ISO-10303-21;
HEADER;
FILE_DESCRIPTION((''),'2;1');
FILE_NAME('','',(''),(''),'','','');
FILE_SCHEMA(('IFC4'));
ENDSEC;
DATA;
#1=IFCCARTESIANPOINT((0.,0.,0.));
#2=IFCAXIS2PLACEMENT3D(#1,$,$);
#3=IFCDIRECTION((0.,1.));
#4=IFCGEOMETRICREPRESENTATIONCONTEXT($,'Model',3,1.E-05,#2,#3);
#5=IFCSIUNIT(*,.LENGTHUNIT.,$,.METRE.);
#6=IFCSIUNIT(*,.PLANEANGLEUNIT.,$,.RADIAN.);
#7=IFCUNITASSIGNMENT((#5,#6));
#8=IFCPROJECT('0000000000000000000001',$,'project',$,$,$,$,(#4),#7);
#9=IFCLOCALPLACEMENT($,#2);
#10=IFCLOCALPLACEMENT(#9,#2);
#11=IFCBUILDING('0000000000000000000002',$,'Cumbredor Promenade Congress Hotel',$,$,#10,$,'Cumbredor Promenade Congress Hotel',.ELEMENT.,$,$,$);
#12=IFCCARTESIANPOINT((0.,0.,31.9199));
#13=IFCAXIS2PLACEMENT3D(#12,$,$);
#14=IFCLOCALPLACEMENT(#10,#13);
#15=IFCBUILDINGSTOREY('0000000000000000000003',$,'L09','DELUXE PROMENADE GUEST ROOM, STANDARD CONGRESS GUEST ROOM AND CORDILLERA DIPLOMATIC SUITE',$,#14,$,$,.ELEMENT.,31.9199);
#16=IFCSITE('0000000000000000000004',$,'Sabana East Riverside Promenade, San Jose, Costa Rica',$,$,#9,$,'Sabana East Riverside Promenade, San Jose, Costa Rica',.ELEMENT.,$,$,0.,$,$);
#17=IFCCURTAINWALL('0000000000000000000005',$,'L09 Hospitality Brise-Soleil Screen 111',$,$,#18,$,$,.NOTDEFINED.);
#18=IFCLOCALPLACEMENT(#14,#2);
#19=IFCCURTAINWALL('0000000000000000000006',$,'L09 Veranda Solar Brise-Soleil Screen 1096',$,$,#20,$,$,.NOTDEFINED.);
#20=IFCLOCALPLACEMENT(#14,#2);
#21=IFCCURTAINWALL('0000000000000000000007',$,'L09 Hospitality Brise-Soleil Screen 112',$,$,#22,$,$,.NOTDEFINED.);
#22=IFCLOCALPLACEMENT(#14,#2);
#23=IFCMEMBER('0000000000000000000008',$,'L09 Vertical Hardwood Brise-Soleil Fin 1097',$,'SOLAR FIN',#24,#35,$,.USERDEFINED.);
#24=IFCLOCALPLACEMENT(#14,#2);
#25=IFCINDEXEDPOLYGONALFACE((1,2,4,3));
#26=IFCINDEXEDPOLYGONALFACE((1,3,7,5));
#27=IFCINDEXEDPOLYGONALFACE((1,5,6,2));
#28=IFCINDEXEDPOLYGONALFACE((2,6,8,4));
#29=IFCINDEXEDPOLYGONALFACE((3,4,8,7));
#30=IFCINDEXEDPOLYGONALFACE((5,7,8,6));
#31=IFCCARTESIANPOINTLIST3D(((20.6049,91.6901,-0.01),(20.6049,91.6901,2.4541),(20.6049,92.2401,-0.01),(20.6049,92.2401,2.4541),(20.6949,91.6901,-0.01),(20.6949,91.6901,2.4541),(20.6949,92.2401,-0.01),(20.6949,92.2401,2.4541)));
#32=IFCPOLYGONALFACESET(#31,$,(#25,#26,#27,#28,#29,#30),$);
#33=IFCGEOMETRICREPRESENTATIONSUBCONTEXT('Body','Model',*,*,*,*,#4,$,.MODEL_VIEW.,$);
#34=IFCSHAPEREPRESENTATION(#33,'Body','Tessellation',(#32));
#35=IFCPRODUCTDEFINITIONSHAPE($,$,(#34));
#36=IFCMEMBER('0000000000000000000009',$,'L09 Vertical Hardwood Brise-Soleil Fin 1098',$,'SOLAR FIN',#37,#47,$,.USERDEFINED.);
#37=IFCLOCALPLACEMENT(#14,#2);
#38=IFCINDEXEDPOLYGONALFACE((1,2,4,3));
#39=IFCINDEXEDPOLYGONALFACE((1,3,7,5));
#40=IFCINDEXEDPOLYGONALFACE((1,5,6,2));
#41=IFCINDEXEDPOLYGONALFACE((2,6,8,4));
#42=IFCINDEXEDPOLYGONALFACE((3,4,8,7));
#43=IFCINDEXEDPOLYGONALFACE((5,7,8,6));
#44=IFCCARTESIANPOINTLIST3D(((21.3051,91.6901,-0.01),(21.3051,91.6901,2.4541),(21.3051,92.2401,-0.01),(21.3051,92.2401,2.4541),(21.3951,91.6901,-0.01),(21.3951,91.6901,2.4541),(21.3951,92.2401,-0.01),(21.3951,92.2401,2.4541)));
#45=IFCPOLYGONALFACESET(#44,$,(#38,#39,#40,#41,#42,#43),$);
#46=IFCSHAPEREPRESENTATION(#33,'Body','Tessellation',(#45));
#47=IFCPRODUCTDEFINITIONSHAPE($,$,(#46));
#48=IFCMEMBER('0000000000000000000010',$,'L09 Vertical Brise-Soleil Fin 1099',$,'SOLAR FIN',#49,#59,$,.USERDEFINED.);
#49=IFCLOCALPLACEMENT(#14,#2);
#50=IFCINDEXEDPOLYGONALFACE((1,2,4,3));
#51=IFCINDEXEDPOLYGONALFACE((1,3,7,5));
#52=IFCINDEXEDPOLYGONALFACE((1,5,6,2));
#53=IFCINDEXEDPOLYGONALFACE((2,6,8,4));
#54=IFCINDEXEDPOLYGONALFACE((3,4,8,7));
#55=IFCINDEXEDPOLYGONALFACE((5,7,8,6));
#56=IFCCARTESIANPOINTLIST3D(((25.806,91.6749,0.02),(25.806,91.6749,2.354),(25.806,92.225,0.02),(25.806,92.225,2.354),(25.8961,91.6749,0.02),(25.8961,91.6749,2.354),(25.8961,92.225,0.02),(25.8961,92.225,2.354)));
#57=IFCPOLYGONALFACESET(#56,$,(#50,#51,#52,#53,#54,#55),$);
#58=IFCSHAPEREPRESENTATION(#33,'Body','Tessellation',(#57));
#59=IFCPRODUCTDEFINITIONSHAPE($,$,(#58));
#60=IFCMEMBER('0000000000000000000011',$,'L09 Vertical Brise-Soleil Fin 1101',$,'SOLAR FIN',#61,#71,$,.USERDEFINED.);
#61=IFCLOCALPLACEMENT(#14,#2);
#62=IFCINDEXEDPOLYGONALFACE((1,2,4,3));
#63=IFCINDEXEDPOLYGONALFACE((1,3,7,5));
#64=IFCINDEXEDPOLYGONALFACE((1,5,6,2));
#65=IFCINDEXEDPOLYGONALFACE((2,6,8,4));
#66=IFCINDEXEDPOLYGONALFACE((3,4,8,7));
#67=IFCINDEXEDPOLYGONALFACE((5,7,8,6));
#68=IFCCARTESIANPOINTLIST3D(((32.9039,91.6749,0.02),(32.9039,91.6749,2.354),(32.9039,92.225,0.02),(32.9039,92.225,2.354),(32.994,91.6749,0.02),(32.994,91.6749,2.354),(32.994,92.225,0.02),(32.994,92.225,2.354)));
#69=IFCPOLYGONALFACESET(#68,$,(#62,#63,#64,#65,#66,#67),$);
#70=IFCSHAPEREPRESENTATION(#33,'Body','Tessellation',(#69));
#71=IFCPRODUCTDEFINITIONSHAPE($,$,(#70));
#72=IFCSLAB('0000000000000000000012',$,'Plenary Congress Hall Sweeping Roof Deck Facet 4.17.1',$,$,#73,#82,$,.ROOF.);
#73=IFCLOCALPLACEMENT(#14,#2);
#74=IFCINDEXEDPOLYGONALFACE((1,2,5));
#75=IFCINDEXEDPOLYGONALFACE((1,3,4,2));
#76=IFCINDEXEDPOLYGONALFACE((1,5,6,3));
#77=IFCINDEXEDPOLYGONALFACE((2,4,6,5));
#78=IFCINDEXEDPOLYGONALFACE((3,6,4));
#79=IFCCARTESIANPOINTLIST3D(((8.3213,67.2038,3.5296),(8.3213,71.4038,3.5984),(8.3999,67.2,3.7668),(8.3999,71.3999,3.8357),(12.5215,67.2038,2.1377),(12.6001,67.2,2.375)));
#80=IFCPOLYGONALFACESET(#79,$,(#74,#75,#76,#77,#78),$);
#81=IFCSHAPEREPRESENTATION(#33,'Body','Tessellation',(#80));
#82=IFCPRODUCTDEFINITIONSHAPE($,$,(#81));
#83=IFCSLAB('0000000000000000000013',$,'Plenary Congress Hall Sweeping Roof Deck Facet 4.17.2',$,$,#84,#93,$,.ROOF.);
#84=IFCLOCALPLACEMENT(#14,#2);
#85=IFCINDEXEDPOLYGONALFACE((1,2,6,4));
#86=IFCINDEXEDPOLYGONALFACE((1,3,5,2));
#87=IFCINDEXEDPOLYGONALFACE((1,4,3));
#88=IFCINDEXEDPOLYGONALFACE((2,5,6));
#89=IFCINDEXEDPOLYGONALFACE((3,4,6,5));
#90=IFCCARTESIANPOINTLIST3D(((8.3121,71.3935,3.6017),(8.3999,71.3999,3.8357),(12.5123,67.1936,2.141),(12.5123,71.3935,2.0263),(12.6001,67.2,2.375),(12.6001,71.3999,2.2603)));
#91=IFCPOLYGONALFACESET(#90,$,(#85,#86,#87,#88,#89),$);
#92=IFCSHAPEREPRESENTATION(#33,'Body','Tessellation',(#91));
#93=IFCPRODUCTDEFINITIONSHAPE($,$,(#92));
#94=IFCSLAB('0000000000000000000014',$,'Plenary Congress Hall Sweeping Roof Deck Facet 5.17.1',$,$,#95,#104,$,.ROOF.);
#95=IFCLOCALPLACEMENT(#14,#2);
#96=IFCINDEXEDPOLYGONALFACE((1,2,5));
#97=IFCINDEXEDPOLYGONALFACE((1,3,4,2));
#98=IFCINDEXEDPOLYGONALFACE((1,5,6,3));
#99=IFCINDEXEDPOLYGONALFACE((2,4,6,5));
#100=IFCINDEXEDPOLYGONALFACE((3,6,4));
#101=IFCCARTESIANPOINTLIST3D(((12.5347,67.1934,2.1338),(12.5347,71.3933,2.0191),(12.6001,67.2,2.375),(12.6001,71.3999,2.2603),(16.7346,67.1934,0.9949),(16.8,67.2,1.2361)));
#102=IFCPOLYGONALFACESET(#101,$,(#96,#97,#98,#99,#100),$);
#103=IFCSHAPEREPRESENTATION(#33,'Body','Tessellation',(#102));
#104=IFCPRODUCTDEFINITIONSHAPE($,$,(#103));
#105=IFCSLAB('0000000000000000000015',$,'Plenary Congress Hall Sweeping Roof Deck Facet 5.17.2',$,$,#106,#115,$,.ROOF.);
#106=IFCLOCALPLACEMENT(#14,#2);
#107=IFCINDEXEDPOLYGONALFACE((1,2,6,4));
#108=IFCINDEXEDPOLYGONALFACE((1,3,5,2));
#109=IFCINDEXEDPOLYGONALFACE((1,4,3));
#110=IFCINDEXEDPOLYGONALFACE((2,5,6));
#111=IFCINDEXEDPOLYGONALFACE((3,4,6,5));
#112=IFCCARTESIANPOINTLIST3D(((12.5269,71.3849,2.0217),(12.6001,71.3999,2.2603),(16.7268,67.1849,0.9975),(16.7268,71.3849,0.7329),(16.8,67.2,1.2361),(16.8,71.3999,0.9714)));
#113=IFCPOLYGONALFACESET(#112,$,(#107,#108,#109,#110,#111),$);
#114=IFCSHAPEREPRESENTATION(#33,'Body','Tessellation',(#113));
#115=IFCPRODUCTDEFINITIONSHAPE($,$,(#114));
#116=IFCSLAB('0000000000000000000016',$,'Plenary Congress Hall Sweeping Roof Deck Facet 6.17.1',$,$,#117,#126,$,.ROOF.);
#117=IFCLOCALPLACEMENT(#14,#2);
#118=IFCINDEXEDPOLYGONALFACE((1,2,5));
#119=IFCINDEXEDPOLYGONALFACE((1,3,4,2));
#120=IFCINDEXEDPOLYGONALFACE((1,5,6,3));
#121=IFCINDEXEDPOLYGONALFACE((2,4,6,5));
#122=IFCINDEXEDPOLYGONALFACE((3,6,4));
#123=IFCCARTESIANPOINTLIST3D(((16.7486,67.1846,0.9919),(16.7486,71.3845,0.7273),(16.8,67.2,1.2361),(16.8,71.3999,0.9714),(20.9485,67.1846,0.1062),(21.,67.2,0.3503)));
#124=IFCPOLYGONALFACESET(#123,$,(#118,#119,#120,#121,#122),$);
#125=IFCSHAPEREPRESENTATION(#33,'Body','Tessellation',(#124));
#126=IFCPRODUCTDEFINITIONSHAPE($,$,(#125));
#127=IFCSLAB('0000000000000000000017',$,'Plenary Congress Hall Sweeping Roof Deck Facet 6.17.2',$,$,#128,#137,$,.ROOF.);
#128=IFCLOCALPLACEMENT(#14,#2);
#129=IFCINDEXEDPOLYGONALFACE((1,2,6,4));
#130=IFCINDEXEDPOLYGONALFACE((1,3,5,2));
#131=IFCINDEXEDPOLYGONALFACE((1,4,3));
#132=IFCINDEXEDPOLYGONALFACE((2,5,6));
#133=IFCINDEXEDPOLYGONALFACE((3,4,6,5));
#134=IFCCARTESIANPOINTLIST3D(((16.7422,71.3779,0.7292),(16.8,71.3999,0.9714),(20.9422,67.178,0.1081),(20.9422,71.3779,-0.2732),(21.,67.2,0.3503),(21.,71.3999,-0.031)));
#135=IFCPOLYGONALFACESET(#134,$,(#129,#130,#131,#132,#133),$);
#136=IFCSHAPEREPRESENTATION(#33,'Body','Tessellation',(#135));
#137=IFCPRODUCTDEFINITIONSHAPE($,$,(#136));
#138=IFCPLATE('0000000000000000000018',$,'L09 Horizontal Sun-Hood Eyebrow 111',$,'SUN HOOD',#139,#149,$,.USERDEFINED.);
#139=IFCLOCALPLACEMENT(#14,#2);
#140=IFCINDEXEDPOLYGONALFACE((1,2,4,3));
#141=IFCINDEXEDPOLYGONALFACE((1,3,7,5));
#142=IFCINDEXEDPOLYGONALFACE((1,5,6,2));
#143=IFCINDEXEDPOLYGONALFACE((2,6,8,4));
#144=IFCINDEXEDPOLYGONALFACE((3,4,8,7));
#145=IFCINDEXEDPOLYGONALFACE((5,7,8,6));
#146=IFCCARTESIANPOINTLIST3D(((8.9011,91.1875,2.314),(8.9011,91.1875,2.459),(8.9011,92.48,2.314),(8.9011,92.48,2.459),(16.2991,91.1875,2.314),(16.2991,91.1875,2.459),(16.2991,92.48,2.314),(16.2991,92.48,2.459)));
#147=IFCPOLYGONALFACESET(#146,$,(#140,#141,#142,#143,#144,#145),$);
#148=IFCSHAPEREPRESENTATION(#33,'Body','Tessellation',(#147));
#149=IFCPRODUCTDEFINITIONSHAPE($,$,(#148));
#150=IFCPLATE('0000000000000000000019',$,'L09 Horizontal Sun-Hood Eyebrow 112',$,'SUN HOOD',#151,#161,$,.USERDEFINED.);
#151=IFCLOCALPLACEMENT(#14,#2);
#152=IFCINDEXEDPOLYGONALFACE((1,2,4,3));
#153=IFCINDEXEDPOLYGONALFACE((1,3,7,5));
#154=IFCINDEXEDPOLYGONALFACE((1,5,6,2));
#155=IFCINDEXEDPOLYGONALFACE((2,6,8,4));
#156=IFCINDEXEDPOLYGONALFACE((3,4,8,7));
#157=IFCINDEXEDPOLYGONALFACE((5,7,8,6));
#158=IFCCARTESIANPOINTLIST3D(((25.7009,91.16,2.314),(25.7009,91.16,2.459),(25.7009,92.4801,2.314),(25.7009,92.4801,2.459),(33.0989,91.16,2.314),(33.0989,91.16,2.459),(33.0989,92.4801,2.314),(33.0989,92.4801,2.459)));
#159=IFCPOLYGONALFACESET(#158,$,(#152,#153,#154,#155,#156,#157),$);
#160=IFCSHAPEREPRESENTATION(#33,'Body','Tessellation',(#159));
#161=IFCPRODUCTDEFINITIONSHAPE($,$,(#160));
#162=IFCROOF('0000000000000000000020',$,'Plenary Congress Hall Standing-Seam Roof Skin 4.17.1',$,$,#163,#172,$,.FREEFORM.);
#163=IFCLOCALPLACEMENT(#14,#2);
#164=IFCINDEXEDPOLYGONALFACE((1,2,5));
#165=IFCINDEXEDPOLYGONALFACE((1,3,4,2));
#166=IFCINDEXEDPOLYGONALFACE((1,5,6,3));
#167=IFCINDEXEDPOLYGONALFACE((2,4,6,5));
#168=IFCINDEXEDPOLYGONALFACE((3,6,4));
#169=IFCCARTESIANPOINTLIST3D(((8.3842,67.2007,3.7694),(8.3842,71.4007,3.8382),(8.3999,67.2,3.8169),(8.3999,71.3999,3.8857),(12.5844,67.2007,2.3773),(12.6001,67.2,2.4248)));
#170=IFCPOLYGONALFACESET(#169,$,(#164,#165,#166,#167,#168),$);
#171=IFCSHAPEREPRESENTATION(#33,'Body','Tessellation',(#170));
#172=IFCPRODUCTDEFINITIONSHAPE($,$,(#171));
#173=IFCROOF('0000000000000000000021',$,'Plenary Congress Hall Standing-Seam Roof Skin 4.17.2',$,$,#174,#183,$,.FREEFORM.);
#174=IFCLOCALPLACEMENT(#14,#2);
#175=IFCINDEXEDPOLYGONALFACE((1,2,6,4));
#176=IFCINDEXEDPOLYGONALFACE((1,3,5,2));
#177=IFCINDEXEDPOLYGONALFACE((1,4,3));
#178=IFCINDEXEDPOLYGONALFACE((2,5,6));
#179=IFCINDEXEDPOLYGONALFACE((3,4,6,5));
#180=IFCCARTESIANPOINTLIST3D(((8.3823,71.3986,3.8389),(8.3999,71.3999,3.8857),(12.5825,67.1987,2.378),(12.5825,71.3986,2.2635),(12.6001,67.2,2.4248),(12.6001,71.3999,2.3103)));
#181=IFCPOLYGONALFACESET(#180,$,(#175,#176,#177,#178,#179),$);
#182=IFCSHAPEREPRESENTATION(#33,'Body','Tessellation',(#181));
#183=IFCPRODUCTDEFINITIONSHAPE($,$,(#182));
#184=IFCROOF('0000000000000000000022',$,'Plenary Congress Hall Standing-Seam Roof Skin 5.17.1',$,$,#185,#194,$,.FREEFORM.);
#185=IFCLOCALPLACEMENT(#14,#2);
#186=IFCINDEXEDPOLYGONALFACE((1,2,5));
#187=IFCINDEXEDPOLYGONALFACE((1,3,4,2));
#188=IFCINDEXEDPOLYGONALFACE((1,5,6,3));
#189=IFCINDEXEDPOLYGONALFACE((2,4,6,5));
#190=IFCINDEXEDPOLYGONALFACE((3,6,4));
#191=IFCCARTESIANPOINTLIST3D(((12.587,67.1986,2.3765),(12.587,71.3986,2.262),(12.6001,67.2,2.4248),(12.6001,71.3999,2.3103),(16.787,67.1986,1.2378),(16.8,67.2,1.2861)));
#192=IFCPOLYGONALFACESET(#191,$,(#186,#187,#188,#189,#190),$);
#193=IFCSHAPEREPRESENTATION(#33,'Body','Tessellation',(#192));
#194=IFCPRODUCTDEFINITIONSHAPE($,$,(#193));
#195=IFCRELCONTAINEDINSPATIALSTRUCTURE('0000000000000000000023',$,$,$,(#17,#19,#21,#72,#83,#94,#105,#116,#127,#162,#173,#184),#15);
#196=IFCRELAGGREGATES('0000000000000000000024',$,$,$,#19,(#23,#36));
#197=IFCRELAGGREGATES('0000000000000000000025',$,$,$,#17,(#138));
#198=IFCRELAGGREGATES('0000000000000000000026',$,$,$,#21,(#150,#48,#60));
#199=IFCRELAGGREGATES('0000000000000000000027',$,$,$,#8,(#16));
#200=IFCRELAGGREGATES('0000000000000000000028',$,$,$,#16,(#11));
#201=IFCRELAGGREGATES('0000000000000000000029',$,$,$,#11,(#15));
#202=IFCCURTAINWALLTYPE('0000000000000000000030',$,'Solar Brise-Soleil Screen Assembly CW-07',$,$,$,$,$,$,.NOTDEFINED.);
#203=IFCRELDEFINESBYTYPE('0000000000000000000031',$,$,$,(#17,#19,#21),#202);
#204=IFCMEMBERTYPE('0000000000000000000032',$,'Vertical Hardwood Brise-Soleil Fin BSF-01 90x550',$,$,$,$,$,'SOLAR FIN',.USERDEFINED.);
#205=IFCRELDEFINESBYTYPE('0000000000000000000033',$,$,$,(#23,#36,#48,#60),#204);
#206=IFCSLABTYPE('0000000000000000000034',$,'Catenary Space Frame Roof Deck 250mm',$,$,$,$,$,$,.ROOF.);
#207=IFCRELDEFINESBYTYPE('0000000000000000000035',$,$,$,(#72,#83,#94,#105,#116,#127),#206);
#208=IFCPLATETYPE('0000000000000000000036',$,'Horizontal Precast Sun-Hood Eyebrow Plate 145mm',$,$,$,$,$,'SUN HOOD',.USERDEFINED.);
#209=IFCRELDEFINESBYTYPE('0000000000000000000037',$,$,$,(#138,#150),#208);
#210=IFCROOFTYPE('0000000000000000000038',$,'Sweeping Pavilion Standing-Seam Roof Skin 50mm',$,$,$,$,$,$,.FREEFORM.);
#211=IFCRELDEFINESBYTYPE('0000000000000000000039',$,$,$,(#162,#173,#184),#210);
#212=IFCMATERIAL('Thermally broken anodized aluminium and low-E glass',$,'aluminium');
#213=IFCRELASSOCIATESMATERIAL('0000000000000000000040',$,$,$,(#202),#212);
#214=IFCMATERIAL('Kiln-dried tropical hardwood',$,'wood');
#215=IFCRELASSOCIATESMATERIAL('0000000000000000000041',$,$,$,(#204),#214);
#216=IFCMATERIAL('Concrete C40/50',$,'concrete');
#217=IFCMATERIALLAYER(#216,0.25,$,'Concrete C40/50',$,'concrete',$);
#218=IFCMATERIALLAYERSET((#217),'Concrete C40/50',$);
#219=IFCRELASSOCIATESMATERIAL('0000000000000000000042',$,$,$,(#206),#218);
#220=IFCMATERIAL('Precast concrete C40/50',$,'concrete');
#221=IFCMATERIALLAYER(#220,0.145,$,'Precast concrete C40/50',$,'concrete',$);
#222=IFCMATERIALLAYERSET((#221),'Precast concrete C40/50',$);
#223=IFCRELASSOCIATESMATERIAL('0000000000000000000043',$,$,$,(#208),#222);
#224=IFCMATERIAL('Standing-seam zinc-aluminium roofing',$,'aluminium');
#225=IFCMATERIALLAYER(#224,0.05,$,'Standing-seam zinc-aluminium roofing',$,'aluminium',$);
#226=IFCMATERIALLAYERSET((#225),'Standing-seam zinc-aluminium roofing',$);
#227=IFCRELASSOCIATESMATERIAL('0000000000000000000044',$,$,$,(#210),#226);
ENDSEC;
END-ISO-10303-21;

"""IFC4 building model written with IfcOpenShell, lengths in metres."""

from ifc_helpers import new_model, si_unit, direction, frame, origin, origin_2d, place, context, subcontext, project, spatial, polyline, rectangle, outline, extrude, material, layer, layer_set, material_profile, profile_set, type_object, element, aggregate, save


model = new_model("IFC4")

# Units and contexts
model_context = context("Model", 3, precision=1e-05, world=origin(), true_north=direction((0.0, 1.0)))
body_context = subcontext(model_context, "Body", "Model", "MODEL_VIEW")
ifc_project = project(units=[si_unit("LENGTHUNIT", "METRE"), si_unit("PLANEANGLEUNIT", "RADIAN")], contexts=[model_context])

# Site, building, storey
site_placement = place(None, origin())
site = spatial("IfcSite", under=ifc_project, at=site_placement, Name="Sabana East Riverside Promenade, San Jose, Costa Rica", LongName="Sabana East Riverside Promenade, San Jose, Costa Rica", CompositionType="ELEMENT", RefElevation=0.0)
building_placement = place(site_placement, origin())
building = spatial("IfcBuilding", under=site, at=building_placement, Name="Cumbredor Promenade Congress Hotel", LongName="Cumbredor Promenade Congress Hotel", CompositionType="ELEMENT")
storey_placement = place(building_placement, frame((0.0, 0.0, 31.9199)))
storey = spatial("IfcBuildingStorey", under=building, at=storey_placement, Name="L09", Description="DELUXE PROMENADE GUEST ROOM, STANDARD CONGRESS GUEST ROOM AND CORDILLERA DIPLOMATIC SUITE", CompositionType="ELEMENT", Elevation=31.9199)

# Shared definitions
ifc_material_1 = material(Name="Concrete C40/50", Category="concrete")

# Curtain walls
ifc_material_2 = material(Name="Thermally broken anodized aluminium and low-E glass", Category="aluminium")
curtain_wall_type = type_object("IfcCurtainWallType", Name="Solar Brise-Soleil Screen Assembly CW-07", PredefinedType="NOTDEFINED", material=ifc_material_2)
curtain_wall_1_placement = place(storey_placement, origin())
curtain_wall_1 = element("IfcCurtainWall", 1, at=curtain_wall_1_placement, inside=storey, type_object=curtain_wall_type, Name="L09 Hospitality Brise-Soleil Screen 111", PredefinedType="NOTDEFINED")
curtain_wall_2_placement = place(storey_placement, origin())
curtain_wall_2 = element("IfcCurtainWall", 2, at=curtain_wall_2_placement, inside=storey, type_object=curtain_wall_type, Name="L09 Veranda Solar Brise-Soleil Screen 1096", PredefinedType="NOTDEFINED")
curtain_wall_3_placement = place(storey_placement, origin())
curtain_wall_3 = element("IfcCurtainWall", 3, at=curtain_wall_3_placement, inside=storey, type_object=curtain_wall_type, Name="L09 Hospitality Brise-Soleil Screen 112", PredefinedType="NOTDEFINED")

# Members
ifc_material_3 = material(Name="Kiln-dried tropical hardwood", Category="wood")
ifc_material_profile_1 = material_profile(ifc_material_3, rectangle(XDim=0.0901, YDim=0.55, at=origin_2d()), Name="ARCH FIN 90x550")
ifc_profile_set_1 = profile_set([ifc_material_profile_1], Name="Kiln-dried tropical hardwood")
member_type_1 = type_object("IfcMemberType", Name="Vertical Hardwood Brise-Soleil Fin BSF-01 90x550", ElementType="SOLAR FIN", PredefinedType="USERDEFINED", material=ifc_profile_set_1)
member_1_placement = place(storey_placement, frame((20.6499, 91.9651, -0.01), z_axis=(0.0, 0.0, 1.0), x_axis=(1.0, 0.0, 0.0)))
member_1 = element("IfcMember", 4, at=member_1_placement, type_object=member_type_1, Name="L09 Vertical Hardwood Brise-Soleil Fin 1097", ObjectType="SOLAR FIN", PredefinedType="USERDEFINED", context=body_context, shape_type="SweptSolid", body=[
    extrude(rectangle(XDim=0.0901, YDim=0.55, at=origin_2d()), origin(), (0.0, 0.0, 1.0), 2.4641),
])
member_2_placement = place(storey_placement, frame((21.3501, 91.9651, -0.01), z_axis=(0.0, 0.0, 1.0), x_axis=(1.0, 0.0, 0.0)))
member_2 = element("IfcMember", 5, at=member_2_placement, type_object=member_type_1, Name="L09 Vertical Hardwood Brise-Soleil Fin 1098", ObjectType="SOLAR FIN", PredefinedType="USERDEFINED", context=body_context, shape_type="SweptSolid", body=[
    extrude(rectangle(XDim=0.0901, YDim=0.55, at=origin_2d()), origin(), (0.0, 0.0, 1.0), 2.4641),
])
aggregate(curtain_wall_2, [member_1, member_2])
member_3_placement = place(storey_placement, frame((25.8511, 91.95, 0.02), z_axis=(0.0, 0.0, 1.0), x_axis=(1.0, 0.0, 0.0)))
member_3 = element("IfcMember", 6, at=member_3_placement, type_object=member_type_1, Name="L09 Vertical Brise-Soleil Fin 1099", ObjectType="SOLAR FIN", PredefinedType="USERDEFINED", context=body_context, shape_type="SweptSolid", body=[
    extrude(rectangle(XDim=0.0901, YDim=0.55, at=origin_2d()), origin(), (0.0, 0.0, 1.0), 2.334),
])
member_4_placement = place(storey_placement, frame((32.949, 91.95, 0.02), z_axis=(0.0, 0.0, 1.0), x_axis=(1.0, 0.0, 0.0)))
member_4 = element("IfcMember", 7, at=member_4_placement, type_object=member_type_1, Name="L09 Vertical Brise-Soleil Fin 1101", ObjectType="SOLAR FIN", PredefinedType="USERDEFINED", context=body_context, shape_type="SweptSolid", body=[
    extrude(rectangle(XDim=0.0901, YDim=0.55, at=origin_2d()), origin(), (0.0, 0.0, 1.0), 2.334),
])

# Slabs
ifc_layer_1 = layer(ifc_material_1, 0.25, Name="Concrete C40/50", Category="concrete")
ifc_layer_set_1 = layer_set([ifc_layer_1], Name="Concrete C40/50")
slab_type = type_object("IfcSlabType", Name="Catenary Space Frame Roof Deck 250mm", PredefinedType="ROOF", material=ifc_layer_set_1)
slab_1_placement = place(storey_placement, frame((8.3999, 67.2, 3.7668), z_axis=(0.314517, -0.015559, 0.949124), x_axis=(0.949239, 0.0, -0.314555)))
element("IfcSlab", 8, at=slab_1_placement, inside=storey, type_object=slab_type, Name="Plenary Congress Hall Sweeping Roof Deck Facet 4.17.1", PredefinedType="ROOF", context=body_context, shape_type="SweptSolid", body=[
    extrude(outline(polyline([(0.0, 0.0), (4.4248, 0.0), (-0.0217, 4.2005), (0.0, 0.0)])), origin(), (0.0, 0.0, -1.0), 0.25),
])
slab_2_placement = place(storey_placement, frame((12.6001, 67.2, 2.375), z_axis=(0.35108, 0.025572, 0.935996), x_axis=(0.0, 0.999627, -0.027311)))
element("IfcSlab", 9, at=slab_2_placement, inside=storey, type_object=slab_type, Name="Plenary Congress Hall Sweeping Roof Deck Facet 4.17.2", PredefinedType="ROOF", context=body_context, shape_type="SweptSolid", body=[
    extrude(outline(polyline([(0.0, 0.0), (4.2015, 0.0), (4.1585, 4.4857), (0.0, 0.0)])), origin(), (0.0, 0.0, -1.0), 0.25),
])
slab_3_placement = place(storey_placement, frame((12.6001, 67.2, 2.375), z_axis=(0.261631, 0.026359, 0.964808), x_axis=(0.965143, 0.0, -0.261721)))
element("IfcSlab", 10, at=slab_3_placement, inside=storey, type_object=slab_type, Name="Plenary Congress Hall Sweeping Roof Deck Facet 5.17.1", PredefinedType="ROOF", context=body_context, shape_type="SweptSolid", body=[
    extrude(outline(polyline([(0.0, 0.0), (4.3516, 0.0), (0.03, 4.2014), (0.0, 0.0)])), origin(), (0.0, 0.0, -1.0), 0.25),
])
slab_4_placement = place(storey_placement, frame((16.8, 67.2, 1.2361), z_axis=(0.292832, 0.060131, 0.954271), x_axis=(0.0, 0.998021, -0.062888)))
element("IfcSlab", 11, at=slab_4_placement, inside=storey, type_object=slab_type, Name="Plenary Congress Hall Sweeping Roof Deck Facet 5.17.2", PredefinedType="ROOF", context=body_context, shape_type="SweptSolid", body=[
    extrude(outline(polyline([(0.0, 0.0), (4.2083, 0.0), (4.1272, 4.3925), (0.0, 0.0)])), origin(), (0.0, 0.0, -1.0), 0.25),
])
slab_5_placement = place(storey_placement, frame((16.8, 67.2, 1.2361), z_axis=(0.205963, 0.061539, 0.976623), x_axis=(0.978477, 0.0, -0.206354)))
element("IfcSlab", 12, at=slab_5_placement, inside=storey, type_object=slab_type, Name="Plenary Congress Hall Sweeping Roof Deck Facet 6.17.1", PredefinedType="ROOF", context=body_context, shape_type="SweptSolid", body=[
    extrude(outline(polyline([(0.0, 0.0), (4.2923, 0.0), (0.0546, 4.2079), (0.0, 0.0)])), origin(), (0.0, 0.0, -1.0), 0.25),
])
slab_6_placement = place(storey_placement, frame((21.0, 67.2, 0.3503), z_axis=(0.231258, 0.087975, 0.968907), x_axis=(0.0, 0.995903, -0.090426)))
element("IfcSlab", 13, at=slab_6_placement, inside=storey, type_object=slab_type, Name="Plenary Congress Hall Sweeping Roof Deck Facet 6.17.2", PredefinedType="ROOF", context=body_context, shape_type="SweptSolid", body=[
    extrude(outline(polyline([(0.0, 0.0), (4.2172, 0.0), (4.1266, 4.317), (0.0, 0.0)])), origin(), (0.0, 0.0, -1.0), 0.25),
])

# Plates
ifc_material_4 = material(Name="Precast concrete C40/50", Category="concrete")
ifc_layer_2 = layer(ifc_material_4, 0.145, Name="Precast concrete C40/50", Category="concrete")
ifc_layer_set_2 = layer_set([ifc_layer_2], Name="Precast concrete C40/50")
plate_type = type_object("IfcPlateType", Name="Horizontal Precast Sun-Hood Eyebrow Plate 145mm", ElementType="SUN HOOD", PredefinedType="USERDEFINED", material=ifc_layer_set_2)
plate_1_placement = place(storey_placement, frame((12.6001, 91.8337, 2.314), z_axis=(0.0, 0.0, 1.0), x_axis=(1.0, 0.0, 0.0)))
plate_1 = element("IfcPlate", 14, at=plate_1_placement, type_object=plate_type, Name="L09 Horizontal Sun-Hood Eyebrow 111", ObjectType="SUN HOOD", PredefinedType="USERDEFINED", context=body_context, shape_type="SweptSolid", body=[
    extrude(rectangle(XDim=7.3979, YDim=1.2925, at=origin_2d()), origin(), (0.0, 0.0, 1.0), 0.145),
])
aggregate(curtain_wall_1, [plate_1])
plate_2_placement = place(storey_placement, frame((29.3999, 91.8201, 2.314), z_axis=(0.0, 0.0, 1.0), x_axis=(1.0, 0.0, 0.0)))
plate_2 = element("IfcPlate", 15, at=plate_2_placement, type_object=plate_type, Name="L09 Horizontal Sun-Hood Eyebrow 112", ObjectType="SUN HOOD", PredefinedType="USERDEFINED", context=body_context, shape_type="SweptSolid", body=[
    extrude(rectangle(XDim=7.3979, YDim=1.3201, at=origin_2d()), origin(), (0.0, 0.0, 1.0), 0.145),
])
aggregate(curtain_wall_3, [plate_2, member_3, member_4])

# Roofs
ifc_material_5 = material(Name="Standing-seam zinc-aluminium roofing", Category="aluminium")
ifc_layer_3 = layer(ifc_material_5, 0.05, Name="Standing-seam zinc-aluminium roofing", Category="aluminium")
ifc_layer_set_3 = layer_set([ifc_layer_3], Name="Standing-seam zinc-aluminium roofing")
roof_type = type_object("IfcRoofType", Name="Sweeping Pavilion Standing-Seam Roof Skin 50mm", PredefinedType="FREEFORM", material=ifc_layer_set_3)
roof_1_placement = place(storey_placement, frame((8.3999, 67.2, 3.8169), z_axis=(0.314567, -0.015558, 0.949108), x_axis=(0.949223, 0.0, -0.314605)))
element("IfcRoof", 16, at=roof_1_placement, inside=storey, type_object=roof_type, Name="Plenary Congress Hall Standing-Seam Roof Skin 4.17.1", PredefinedType="FREEFORM", context=body_context, shape_type="SweptSolid", body=[
    extrude(outline(polyline([(0.0, 0.0), (4.4249, 0.0), (-0.0217, 4.2005), (0.0, 0.0)])), origin(), (0.0, 0.0, -1.0), 0.05),
])
roof_2_placement = place(storey_placement, frame((12.6001, 67.2, 2.4248), z_axis=(0.351081, 0.025518, 0.935997), x_axis=(0.0, 0.999629, -0.027253)))
element("IfcRoof", 17, at=roof_2_placement, inside=storey, type_object=roof_type, Name="Plenary Congress Hall Standing-Seam Roof Skin 4.17.2", PredefinedType="FREEFORM", context=body_context, shape_type="SweptSolid", body=[
    extrude(outline(polyline([(0.0, 0.0), (4.2015, 0.0), (4.1586, 4.4857), (0.0, 0.0)])), origin(), (0.0, 0.0, -1.0), 0.05),
])
roof_3_placement = place(storey_placement, frame((12.6001, 67.2, 2.4248), z_axis=(0.261579, 0.026304, 0.964824), x_axis=(0.965158, 0.0, -0.261669)))
element("IfcRoof", 18, at=roof_3_placement, inside=storey, type_object=roof_type, Name="Plenary Congress Hall Standing-Seam Roof Skin 5.17.1", PredefinedType="FREEFORM", context=body_context, shape_type="SweptSolid", body=[
    extrude(outline(polyline([(0.0, 0.0), (4.3516, 0.0), (0.03, 4.2014), (0.0, 0.0)])), origin(), (0.0, 0.0, -1.0), 0.05),
])

save(model, "model.ifc")
